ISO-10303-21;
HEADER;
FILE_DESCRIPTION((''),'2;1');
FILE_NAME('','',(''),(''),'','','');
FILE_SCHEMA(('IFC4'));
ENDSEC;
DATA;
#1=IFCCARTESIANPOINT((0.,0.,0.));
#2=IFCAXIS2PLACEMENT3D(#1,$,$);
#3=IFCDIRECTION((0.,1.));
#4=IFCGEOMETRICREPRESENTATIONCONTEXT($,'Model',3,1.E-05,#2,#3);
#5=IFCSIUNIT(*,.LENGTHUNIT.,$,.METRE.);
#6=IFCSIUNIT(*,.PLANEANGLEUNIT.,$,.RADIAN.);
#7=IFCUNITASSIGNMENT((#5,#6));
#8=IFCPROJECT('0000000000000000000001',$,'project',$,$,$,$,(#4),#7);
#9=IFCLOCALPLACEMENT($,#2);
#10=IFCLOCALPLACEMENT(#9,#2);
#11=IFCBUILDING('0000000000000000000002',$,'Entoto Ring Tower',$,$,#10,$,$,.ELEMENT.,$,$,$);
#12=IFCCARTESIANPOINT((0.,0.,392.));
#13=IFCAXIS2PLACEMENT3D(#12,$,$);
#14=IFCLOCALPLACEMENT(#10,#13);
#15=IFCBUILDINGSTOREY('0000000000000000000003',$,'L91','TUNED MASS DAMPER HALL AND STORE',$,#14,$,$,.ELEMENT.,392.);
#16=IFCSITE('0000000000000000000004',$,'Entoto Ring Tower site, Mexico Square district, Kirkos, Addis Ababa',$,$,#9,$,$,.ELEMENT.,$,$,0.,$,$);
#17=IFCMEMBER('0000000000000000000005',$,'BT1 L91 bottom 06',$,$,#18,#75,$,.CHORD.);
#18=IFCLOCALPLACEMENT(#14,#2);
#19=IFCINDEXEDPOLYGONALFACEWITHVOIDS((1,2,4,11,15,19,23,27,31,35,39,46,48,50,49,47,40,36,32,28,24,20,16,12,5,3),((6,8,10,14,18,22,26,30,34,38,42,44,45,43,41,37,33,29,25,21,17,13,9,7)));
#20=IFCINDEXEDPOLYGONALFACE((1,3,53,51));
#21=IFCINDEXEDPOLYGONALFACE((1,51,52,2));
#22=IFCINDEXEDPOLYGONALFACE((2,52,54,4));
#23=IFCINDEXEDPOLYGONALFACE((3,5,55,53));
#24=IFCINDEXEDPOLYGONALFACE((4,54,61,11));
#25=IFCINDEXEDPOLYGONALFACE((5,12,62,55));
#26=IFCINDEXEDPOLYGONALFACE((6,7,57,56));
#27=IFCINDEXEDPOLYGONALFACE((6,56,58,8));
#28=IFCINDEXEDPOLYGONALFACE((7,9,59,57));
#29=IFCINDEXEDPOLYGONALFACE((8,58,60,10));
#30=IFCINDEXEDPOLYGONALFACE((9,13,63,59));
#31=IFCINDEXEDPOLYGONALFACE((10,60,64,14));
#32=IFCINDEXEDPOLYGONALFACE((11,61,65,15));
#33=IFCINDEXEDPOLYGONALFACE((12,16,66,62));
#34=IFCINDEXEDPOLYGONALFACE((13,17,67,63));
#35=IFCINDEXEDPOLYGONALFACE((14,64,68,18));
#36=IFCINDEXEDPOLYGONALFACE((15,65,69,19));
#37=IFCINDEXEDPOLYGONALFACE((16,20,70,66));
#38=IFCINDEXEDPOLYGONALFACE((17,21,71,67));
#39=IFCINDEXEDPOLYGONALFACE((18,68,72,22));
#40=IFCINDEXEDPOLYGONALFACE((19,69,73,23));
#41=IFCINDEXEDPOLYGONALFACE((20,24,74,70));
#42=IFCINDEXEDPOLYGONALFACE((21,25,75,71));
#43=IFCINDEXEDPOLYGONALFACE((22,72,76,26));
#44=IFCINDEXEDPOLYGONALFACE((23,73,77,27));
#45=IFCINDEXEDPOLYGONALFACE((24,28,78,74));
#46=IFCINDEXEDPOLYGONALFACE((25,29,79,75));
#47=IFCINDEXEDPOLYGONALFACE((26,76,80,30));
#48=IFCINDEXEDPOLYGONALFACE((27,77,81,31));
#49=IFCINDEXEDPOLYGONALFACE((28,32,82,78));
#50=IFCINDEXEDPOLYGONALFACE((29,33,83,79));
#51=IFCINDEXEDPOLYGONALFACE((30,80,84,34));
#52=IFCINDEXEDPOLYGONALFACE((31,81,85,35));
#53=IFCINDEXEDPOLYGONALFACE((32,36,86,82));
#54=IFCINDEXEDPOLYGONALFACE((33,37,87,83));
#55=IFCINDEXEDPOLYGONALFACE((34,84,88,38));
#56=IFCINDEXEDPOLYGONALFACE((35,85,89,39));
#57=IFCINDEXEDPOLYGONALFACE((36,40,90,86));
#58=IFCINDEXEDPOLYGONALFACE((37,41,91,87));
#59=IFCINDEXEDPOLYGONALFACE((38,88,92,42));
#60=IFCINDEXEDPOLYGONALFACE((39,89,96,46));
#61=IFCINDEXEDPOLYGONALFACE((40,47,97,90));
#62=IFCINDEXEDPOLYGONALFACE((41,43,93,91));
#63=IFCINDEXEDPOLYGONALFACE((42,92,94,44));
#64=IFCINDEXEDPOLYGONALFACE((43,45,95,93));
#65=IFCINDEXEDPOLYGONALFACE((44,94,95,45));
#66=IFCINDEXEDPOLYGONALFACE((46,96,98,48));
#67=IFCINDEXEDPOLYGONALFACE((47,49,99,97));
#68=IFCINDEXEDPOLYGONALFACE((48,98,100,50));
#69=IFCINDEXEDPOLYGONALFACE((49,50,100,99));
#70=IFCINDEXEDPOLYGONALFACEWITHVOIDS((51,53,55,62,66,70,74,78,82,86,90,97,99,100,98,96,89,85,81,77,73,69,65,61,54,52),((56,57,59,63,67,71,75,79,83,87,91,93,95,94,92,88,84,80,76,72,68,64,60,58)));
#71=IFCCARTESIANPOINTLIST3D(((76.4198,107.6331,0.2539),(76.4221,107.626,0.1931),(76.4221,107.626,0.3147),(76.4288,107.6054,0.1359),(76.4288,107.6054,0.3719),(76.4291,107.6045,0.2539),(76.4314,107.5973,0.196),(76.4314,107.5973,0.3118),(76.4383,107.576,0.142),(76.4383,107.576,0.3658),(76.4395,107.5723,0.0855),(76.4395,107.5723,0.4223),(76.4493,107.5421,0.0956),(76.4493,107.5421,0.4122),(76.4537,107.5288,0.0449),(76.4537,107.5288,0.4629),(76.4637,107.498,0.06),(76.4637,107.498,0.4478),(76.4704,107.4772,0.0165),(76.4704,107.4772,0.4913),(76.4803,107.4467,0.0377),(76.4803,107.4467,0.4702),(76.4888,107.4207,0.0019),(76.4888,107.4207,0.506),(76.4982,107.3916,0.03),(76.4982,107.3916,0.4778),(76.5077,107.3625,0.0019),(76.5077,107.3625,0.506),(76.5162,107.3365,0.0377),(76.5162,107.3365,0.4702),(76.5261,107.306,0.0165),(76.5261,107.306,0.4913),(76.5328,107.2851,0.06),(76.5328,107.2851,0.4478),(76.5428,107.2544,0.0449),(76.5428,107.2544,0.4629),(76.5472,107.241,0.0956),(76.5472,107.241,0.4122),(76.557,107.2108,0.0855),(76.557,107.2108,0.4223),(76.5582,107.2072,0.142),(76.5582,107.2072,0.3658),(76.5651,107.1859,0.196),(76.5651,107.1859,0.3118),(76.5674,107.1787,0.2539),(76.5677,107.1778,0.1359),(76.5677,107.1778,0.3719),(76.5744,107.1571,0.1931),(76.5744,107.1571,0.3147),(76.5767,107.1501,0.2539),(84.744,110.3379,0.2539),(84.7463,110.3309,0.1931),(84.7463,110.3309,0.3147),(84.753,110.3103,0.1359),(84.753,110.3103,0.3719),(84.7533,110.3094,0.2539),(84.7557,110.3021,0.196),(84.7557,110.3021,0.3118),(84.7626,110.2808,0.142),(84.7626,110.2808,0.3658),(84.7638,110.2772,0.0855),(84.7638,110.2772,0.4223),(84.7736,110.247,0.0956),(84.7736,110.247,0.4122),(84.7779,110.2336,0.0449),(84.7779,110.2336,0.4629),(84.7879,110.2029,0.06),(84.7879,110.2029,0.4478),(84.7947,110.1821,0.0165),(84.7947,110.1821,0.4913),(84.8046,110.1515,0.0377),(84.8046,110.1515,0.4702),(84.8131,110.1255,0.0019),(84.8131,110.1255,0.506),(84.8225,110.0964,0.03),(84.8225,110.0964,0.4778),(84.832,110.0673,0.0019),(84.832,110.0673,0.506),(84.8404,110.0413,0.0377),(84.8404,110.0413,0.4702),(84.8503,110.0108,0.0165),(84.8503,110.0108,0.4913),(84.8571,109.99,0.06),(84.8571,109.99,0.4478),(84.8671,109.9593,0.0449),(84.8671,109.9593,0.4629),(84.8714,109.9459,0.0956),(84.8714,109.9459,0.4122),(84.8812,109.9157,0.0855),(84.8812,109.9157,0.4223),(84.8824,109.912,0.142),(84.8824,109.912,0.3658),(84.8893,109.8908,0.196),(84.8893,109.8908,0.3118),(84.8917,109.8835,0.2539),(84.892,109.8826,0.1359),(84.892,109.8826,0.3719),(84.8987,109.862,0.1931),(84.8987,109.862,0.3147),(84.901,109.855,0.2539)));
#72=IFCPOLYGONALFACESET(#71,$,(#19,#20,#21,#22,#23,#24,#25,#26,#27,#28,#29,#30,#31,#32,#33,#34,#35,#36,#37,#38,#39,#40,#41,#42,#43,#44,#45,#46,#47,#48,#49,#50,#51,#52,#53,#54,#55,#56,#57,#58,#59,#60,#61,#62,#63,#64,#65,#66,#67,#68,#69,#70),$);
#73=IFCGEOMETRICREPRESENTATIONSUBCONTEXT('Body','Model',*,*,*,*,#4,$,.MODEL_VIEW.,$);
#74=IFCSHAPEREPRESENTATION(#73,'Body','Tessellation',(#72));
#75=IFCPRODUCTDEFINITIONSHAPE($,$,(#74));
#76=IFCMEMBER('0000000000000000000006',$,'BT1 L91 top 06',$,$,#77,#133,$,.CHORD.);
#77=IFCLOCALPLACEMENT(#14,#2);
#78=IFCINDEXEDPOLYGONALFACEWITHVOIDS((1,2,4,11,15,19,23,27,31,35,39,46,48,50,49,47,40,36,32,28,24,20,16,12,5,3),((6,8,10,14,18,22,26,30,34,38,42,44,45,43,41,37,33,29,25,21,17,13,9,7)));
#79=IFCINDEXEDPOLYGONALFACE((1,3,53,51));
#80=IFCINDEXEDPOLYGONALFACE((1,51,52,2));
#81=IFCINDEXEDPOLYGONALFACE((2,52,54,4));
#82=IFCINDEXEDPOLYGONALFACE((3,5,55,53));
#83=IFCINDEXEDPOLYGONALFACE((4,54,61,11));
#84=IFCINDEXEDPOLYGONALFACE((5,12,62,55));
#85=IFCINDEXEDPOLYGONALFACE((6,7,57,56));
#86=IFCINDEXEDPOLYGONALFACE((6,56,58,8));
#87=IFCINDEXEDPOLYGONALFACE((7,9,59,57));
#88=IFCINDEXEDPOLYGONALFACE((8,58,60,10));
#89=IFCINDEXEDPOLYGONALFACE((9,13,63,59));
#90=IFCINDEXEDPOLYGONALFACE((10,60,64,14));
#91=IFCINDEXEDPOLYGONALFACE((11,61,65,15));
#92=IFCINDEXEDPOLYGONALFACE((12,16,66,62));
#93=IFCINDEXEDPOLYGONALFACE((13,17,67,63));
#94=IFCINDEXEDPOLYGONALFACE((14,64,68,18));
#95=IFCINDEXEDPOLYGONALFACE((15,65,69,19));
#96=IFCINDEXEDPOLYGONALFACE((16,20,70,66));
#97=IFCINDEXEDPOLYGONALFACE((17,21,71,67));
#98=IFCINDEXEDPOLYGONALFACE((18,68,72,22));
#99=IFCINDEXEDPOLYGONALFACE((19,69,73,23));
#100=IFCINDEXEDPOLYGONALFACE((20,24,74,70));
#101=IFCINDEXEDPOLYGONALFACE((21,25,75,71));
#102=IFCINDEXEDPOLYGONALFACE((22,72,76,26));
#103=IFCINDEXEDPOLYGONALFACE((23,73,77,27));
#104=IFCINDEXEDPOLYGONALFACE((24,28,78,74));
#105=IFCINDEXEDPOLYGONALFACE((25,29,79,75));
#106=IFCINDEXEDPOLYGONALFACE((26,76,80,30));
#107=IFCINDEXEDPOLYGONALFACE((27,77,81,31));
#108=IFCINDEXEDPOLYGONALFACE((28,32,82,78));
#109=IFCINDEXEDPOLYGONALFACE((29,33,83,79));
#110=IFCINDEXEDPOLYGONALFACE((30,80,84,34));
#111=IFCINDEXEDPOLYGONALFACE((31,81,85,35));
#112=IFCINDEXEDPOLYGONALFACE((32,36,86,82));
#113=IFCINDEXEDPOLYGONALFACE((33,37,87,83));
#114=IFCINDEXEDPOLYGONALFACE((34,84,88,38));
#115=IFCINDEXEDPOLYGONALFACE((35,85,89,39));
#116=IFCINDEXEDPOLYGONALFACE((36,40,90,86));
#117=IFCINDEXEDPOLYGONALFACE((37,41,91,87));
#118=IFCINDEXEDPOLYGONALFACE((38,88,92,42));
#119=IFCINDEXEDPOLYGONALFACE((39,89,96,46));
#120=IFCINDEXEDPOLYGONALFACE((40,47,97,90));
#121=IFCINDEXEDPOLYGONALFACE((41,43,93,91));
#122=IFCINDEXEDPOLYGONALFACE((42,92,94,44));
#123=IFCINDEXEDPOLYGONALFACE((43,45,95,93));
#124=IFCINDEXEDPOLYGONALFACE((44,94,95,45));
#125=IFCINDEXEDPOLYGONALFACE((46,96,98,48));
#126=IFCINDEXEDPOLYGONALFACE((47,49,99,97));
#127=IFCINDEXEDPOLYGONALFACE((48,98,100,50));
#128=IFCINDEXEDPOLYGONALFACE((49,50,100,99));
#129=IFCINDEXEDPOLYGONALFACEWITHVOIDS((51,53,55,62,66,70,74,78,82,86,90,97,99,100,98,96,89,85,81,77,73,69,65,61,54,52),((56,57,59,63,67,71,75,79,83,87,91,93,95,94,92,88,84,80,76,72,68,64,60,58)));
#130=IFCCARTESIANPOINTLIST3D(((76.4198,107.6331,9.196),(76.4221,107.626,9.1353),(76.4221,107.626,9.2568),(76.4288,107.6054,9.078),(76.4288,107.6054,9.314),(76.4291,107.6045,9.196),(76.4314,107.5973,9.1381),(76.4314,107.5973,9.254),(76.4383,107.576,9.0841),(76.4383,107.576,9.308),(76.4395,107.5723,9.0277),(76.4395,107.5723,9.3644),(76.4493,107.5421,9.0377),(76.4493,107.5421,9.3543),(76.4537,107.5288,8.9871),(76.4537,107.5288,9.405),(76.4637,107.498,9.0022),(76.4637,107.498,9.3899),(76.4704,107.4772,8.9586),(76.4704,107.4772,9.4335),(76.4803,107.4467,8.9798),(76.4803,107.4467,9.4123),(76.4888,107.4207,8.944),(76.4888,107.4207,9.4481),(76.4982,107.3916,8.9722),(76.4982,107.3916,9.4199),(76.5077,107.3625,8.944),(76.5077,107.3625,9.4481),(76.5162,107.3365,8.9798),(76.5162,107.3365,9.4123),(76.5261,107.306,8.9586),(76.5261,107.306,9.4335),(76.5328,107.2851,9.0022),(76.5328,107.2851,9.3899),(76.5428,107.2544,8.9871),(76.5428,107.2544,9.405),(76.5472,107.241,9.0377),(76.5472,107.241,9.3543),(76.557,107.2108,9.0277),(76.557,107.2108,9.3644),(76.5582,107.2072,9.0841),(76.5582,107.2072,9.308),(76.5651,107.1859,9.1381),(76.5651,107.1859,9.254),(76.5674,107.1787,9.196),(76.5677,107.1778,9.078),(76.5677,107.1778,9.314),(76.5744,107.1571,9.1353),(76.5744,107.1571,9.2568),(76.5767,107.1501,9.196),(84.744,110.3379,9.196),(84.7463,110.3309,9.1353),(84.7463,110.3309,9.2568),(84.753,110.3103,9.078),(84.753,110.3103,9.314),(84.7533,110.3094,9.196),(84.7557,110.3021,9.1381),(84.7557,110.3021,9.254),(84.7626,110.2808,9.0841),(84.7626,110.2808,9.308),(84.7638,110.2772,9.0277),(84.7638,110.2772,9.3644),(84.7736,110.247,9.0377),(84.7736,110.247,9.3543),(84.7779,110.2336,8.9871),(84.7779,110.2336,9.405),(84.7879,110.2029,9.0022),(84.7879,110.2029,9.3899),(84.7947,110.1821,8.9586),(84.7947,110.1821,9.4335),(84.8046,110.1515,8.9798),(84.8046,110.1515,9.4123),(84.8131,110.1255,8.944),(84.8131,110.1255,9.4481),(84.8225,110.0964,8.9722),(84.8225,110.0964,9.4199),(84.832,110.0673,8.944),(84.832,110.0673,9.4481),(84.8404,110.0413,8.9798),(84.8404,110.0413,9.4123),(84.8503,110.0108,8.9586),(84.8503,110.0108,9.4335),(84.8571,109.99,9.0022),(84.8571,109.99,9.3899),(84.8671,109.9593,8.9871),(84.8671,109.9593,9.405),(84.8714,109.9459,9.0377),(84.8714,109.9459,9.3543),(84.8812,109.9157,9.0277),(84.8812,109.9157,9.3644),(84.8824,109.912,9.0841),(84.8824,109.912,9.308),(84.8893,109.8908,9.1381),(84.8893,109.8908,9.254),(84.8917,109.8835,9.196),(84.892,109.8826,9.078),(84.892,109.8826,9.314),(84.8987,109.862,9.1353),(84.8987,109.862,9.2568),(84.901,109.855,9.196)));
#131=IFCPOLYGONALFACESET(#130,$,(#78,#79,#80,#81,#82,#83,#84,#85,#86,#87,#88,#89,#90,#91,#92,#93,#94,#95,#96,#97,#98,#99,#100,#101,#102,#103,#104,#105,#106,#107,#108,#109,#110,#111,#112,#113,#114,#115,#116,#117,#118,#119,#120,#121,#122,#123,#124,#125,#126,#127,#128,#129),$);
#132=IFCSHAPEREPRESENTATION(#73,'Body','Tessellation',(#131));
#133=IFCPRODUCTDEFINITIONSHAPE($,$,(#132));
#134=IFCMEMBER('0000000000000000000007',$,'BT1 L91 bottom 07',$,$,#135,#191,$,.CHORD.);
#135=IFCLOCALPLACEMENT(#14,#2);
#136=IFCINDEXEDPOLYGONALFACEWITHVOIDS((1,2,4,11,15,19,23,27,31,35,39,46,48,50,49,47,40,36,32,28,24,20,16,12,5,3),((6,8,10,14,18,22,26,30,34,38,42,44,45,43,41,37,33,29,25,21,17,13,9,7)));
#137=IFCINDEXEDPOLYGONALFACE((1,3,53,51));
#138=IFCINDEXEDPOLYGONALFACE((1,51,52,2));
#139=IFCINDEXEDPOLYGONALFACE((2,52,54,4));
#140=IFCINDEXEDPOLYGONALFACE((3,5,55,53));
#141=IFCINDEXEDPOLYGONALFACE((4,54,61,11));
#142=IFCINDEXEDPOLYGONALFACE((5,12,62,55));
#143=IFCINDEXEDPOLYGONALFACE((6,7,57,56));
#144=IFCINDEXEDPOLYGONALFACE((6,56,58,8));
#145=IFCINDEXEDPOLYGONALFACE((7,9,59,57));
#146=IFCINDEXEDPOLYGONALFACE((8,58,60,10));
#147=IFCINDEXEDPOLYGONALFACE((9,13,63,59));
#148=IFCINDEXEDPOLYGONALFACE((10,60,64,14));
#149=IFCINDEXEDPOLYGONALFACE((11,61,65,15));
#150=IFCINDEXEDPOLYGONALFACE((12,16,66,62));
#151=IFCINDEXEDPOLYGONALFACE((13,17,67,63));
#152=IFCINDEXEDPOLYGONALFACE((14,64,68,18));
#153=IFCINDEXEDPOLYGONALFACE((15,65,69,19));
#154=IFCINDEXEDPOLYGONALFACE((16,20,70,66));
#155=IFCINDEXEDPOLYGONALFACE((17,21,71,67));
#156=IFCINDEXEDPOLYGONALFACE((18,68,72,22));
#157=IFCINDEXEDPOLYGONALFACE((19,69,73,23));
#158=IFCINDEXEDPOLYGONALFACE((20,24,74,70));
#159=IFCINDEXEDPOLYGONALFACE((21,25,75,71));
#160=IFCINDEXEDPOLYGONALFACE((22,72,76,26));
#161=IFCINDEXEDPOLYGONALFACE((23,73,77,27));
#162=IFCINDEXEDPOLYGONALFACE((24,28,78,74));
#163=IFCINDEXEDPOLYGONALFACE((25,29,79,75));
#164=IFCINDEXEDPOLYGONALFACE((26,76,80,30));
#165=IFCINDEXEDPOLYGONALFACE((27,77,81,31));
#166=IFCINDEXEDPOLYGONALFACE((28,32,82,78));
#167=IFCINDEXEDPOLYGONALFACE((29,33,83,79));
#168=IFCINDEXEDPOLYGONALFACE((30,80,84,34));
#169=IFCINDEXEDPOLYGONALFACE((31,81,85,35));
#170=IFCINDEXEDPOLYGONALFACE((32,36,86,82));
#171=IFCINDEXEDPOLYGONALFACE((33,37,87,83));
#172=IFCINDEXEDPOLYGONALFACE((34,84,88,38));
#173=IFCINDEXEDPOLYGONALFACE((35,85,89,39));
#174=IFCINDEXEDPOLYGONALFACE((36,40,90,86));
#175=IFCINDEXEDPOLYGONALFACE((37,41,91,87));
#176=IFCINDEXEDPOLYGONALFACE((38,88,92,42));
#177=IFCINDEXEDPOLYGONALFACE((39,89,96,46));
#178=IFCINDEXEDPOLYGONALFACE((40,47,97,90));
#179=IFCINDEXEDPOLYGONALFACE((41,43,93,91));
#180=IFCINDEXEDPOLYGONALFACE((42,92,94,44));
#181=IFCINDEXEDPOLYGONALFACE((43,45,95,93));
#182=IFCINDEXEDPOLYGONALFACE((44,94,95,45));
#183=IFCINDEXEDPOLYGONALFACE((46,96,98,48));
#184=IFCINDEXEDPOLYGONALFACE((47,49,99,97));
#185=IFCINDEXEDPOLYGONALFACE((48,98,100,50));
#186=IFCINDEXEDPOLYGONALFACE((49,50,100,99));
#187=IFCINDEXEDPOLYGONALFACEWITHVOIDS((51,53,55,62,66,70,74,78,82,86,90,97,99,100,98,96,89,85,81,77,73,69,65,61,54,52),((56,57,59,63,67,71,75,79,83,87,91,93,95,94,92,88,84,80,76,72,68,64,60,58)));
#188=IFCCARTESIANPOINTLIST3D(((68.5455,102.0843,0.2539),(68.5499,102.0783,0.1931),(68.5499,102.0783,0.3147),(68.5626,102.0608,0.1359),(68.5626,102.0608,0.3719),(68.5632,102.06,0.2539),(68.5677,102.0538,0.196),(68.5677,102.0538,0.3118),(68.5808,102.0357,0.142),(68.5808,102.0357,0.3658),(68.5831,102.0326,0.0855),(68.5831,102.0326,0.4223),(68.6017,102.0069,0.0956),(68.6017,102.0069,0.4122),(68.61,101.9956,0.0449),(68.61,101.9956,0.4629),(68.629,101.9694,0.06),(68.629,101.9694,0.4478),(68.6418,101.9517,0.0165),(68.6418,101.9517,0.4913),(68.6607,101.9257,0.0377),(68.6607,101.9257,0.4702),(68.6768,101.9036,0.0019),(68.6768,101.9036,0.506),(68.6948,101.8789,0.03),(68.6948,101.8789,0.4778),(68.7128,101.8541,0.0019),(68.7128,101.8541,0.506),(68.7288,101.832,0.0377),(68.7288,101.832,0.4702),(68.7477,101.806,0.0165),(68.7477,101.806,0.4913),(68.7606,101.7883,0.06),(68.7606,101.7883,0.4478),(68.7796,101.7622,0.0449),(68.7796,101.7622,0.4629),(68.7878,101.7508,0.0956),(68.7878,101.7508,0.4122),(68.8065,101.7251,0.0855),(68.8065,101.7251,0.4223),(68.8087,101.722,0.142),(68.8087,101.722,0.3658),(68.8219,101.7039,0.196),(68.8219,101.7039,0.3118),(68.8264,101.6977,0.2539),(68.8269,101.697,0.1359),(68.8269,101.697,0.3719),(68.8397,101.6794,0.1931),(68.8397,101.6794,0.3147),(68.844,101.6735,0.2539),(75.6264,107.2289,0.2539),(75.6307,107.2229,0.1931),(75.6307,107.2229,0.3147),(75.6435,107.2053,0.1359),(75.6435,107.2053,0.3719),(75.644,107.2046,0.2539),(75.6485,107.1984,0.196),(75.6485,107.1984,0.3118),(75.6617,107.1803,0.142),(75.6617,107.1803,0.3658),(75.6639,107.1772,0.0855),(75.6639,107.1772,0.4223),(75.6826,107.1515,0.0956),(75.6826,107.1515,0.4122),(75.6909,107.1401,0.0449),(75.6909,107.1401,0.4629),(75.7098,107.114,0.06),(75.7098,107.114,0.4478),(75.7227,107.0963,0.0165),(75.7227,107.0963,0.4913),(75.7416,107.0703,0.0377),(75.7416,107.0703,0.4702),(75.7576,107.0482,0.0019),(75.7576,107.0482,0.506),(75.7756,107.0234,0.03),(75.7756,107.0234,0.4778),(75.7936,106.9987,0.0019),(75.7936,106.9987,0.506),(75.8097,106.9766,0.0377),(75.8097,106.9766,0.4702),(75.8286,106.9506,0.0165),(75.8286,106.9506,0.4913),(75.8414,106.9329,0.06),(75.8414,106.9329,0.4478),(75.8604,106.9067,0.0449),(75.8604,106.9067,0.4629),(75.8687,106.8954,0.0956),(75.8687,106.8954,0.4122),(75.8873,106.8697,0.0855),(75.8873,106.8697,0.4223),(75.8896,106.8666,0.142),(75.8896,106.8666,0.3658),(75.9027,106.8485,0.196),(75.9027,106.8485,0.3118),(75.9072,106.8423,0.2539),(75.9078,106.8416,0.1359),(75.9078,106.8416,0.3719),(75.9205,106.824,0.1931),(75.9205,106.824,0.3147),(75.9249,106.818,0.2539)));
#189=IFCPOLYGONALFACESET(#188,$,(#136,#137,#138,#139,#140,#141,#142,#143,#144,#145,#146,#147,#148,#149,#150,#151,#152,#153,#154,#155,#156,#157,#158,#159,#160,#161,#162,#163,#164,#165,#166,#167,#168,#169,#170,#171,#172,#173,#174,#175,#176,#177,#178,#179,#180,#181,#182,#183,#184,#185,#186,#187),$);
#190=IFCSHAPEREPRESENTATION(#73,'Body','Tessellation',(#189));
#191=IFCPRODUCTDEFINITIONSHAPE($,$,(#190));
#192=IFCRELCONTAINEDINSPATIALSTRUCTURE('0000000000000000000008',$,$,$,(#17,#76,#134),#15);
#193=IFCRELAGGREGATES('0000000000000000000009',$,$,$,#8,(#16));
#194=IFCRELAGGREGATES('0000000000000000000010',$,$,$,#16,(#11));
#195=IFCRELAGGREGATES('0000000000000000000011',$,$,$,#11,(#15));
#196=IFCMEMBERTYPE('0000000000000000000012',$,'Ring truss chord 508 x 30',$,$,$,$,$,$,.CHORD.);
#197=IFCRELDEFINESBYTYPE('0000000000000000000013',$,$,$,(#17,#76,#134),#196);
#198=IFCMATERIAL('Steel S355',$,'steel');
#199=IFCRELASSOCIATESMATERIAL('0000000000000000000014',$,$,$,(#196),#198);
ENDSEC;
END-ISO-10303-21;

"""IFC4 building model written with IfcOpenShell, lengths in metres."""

from ifc_helpers import new_model, si_unit, direction, frame, origin, origin_2d, place, context, subcontext, project, spatial, circle, hollow_circle, extrude, material, material_profile, profile_set, type_object, element, save


model = new_model("IFC4")

# Units and contexts
model_context = context("Model", 3, precision=1e-05, world=origin(), true_north=direction((0.0, 1.0)))
body_context = subcontext(model_context, "Body", "Model", "MODEL_VIEW")
ifc_project = project(units=[si_unit("LENGTHUNIT", "METRE"), si_unit("PLANEANGLEUNIT", "RADIAN")], contexts=[model_context])

# Site, building, storey
site_placement = place(None, origin())
site = spatial("IfcSite", under=ifc_project, at=site_placement, Name="Entoto Ring Tower site, Mexico Square district, Kirkos, Addis Ababa", CompositionType="ELEMENT", RefElevation=0.0)
building_placement = place(site_placement, origin())
building = spatial("IfcBuilding", under=site, at=building_placement, Name="Entoto Ring Tower", CompositionType="ELEMENT")
storey_placement = place(building_placement, frame((0.0, 0.0, 392.0)))
storey = spatial("IfcBuildingStorey", under=building, at=storey_placement, Name="L91", Description="TUNED MASS DAMPER HALL AND STORE", CompositionType="ELEMENT", Elevation=392.0)

# Members
ifc_material_1 = material(Name="Steel S355", Category="steel")
ifc_material_profile_1 = material_profile(ifc_material_1, hollow_circle(Radius=0.2539, WallThickness=0.03, at=origin_2d()), Name="CHS 508 x 30")
ifc_material_2 = material(Name="Concrete C60/75", Category="concrete")
ifc_material_profile_2 = material_profile(ifc_material_2, circle(Radius=0.2241, at=origin_2d()), Name="Concrete C60/75 infill")
ifc_profile_set_1 = profile_set([ifc_material_profile_1, ifc_material_profile_2], Name="Steel S355")
member_type_1 = type_object("IfcMemberType", Name="Ring truss chord 508 x 30", PredefinedType="CHORD", material=ifc_profile_set_1)
for number, where, z_axis, x_axis, name in (
    (1, (84.8225, 110.0964, 0.2539), (-0.951052, -0.309031, 0.0), (0.309031, -0.951052, 0.0), "BT1 L91 bottom 06"),
    (2, (84.8225, 110.0964, 9.196), (-0.951052, -0.309031, 0.0), (0.309031, -0.951052, 0.0), "BT1 L91 top 06"),
):
    element("IfcMember", number, at=place(storey_placement, frame(where, z_axis=z_axis, x_axis=x_axis)), inside=storey, type_object=member_type_1, Name=name, PredefinedType="CHORD", context=body_context, shape_type="SweptSolid", body=[
        extrude(hollow_circle(Radius=0.2539, WallThickness=0.03, at=origin_2d()), origin(), (0.0, 0.0, 1.0), 8.7527),
    ])
for number, where, z_axis, x_axis, name in (
    (3, (75.7756, 107.0234, 0.2539), (-0.809016, -0.587787, 0.0), (0.587787, -0.809016, 0.0), "BT1 L91 bottom 07"),
):
    element("IfcMember", number, at=place(storey_placement, frame(where, z_axis=z_axis, x_axis=x_axis)), inside=storey, type_object=member_type_1, Name=name, PredefinedType="CHORD", context=body_context, shape_type="SweptSolid", body=[
        extrude(hollow_circle(Radius=0.2539, WallThickness=0.03, at=origin_2d()), origin(), (0.0, 0.0, 1.0), 8.7524),
    ])

save(model, "model.ifc")
